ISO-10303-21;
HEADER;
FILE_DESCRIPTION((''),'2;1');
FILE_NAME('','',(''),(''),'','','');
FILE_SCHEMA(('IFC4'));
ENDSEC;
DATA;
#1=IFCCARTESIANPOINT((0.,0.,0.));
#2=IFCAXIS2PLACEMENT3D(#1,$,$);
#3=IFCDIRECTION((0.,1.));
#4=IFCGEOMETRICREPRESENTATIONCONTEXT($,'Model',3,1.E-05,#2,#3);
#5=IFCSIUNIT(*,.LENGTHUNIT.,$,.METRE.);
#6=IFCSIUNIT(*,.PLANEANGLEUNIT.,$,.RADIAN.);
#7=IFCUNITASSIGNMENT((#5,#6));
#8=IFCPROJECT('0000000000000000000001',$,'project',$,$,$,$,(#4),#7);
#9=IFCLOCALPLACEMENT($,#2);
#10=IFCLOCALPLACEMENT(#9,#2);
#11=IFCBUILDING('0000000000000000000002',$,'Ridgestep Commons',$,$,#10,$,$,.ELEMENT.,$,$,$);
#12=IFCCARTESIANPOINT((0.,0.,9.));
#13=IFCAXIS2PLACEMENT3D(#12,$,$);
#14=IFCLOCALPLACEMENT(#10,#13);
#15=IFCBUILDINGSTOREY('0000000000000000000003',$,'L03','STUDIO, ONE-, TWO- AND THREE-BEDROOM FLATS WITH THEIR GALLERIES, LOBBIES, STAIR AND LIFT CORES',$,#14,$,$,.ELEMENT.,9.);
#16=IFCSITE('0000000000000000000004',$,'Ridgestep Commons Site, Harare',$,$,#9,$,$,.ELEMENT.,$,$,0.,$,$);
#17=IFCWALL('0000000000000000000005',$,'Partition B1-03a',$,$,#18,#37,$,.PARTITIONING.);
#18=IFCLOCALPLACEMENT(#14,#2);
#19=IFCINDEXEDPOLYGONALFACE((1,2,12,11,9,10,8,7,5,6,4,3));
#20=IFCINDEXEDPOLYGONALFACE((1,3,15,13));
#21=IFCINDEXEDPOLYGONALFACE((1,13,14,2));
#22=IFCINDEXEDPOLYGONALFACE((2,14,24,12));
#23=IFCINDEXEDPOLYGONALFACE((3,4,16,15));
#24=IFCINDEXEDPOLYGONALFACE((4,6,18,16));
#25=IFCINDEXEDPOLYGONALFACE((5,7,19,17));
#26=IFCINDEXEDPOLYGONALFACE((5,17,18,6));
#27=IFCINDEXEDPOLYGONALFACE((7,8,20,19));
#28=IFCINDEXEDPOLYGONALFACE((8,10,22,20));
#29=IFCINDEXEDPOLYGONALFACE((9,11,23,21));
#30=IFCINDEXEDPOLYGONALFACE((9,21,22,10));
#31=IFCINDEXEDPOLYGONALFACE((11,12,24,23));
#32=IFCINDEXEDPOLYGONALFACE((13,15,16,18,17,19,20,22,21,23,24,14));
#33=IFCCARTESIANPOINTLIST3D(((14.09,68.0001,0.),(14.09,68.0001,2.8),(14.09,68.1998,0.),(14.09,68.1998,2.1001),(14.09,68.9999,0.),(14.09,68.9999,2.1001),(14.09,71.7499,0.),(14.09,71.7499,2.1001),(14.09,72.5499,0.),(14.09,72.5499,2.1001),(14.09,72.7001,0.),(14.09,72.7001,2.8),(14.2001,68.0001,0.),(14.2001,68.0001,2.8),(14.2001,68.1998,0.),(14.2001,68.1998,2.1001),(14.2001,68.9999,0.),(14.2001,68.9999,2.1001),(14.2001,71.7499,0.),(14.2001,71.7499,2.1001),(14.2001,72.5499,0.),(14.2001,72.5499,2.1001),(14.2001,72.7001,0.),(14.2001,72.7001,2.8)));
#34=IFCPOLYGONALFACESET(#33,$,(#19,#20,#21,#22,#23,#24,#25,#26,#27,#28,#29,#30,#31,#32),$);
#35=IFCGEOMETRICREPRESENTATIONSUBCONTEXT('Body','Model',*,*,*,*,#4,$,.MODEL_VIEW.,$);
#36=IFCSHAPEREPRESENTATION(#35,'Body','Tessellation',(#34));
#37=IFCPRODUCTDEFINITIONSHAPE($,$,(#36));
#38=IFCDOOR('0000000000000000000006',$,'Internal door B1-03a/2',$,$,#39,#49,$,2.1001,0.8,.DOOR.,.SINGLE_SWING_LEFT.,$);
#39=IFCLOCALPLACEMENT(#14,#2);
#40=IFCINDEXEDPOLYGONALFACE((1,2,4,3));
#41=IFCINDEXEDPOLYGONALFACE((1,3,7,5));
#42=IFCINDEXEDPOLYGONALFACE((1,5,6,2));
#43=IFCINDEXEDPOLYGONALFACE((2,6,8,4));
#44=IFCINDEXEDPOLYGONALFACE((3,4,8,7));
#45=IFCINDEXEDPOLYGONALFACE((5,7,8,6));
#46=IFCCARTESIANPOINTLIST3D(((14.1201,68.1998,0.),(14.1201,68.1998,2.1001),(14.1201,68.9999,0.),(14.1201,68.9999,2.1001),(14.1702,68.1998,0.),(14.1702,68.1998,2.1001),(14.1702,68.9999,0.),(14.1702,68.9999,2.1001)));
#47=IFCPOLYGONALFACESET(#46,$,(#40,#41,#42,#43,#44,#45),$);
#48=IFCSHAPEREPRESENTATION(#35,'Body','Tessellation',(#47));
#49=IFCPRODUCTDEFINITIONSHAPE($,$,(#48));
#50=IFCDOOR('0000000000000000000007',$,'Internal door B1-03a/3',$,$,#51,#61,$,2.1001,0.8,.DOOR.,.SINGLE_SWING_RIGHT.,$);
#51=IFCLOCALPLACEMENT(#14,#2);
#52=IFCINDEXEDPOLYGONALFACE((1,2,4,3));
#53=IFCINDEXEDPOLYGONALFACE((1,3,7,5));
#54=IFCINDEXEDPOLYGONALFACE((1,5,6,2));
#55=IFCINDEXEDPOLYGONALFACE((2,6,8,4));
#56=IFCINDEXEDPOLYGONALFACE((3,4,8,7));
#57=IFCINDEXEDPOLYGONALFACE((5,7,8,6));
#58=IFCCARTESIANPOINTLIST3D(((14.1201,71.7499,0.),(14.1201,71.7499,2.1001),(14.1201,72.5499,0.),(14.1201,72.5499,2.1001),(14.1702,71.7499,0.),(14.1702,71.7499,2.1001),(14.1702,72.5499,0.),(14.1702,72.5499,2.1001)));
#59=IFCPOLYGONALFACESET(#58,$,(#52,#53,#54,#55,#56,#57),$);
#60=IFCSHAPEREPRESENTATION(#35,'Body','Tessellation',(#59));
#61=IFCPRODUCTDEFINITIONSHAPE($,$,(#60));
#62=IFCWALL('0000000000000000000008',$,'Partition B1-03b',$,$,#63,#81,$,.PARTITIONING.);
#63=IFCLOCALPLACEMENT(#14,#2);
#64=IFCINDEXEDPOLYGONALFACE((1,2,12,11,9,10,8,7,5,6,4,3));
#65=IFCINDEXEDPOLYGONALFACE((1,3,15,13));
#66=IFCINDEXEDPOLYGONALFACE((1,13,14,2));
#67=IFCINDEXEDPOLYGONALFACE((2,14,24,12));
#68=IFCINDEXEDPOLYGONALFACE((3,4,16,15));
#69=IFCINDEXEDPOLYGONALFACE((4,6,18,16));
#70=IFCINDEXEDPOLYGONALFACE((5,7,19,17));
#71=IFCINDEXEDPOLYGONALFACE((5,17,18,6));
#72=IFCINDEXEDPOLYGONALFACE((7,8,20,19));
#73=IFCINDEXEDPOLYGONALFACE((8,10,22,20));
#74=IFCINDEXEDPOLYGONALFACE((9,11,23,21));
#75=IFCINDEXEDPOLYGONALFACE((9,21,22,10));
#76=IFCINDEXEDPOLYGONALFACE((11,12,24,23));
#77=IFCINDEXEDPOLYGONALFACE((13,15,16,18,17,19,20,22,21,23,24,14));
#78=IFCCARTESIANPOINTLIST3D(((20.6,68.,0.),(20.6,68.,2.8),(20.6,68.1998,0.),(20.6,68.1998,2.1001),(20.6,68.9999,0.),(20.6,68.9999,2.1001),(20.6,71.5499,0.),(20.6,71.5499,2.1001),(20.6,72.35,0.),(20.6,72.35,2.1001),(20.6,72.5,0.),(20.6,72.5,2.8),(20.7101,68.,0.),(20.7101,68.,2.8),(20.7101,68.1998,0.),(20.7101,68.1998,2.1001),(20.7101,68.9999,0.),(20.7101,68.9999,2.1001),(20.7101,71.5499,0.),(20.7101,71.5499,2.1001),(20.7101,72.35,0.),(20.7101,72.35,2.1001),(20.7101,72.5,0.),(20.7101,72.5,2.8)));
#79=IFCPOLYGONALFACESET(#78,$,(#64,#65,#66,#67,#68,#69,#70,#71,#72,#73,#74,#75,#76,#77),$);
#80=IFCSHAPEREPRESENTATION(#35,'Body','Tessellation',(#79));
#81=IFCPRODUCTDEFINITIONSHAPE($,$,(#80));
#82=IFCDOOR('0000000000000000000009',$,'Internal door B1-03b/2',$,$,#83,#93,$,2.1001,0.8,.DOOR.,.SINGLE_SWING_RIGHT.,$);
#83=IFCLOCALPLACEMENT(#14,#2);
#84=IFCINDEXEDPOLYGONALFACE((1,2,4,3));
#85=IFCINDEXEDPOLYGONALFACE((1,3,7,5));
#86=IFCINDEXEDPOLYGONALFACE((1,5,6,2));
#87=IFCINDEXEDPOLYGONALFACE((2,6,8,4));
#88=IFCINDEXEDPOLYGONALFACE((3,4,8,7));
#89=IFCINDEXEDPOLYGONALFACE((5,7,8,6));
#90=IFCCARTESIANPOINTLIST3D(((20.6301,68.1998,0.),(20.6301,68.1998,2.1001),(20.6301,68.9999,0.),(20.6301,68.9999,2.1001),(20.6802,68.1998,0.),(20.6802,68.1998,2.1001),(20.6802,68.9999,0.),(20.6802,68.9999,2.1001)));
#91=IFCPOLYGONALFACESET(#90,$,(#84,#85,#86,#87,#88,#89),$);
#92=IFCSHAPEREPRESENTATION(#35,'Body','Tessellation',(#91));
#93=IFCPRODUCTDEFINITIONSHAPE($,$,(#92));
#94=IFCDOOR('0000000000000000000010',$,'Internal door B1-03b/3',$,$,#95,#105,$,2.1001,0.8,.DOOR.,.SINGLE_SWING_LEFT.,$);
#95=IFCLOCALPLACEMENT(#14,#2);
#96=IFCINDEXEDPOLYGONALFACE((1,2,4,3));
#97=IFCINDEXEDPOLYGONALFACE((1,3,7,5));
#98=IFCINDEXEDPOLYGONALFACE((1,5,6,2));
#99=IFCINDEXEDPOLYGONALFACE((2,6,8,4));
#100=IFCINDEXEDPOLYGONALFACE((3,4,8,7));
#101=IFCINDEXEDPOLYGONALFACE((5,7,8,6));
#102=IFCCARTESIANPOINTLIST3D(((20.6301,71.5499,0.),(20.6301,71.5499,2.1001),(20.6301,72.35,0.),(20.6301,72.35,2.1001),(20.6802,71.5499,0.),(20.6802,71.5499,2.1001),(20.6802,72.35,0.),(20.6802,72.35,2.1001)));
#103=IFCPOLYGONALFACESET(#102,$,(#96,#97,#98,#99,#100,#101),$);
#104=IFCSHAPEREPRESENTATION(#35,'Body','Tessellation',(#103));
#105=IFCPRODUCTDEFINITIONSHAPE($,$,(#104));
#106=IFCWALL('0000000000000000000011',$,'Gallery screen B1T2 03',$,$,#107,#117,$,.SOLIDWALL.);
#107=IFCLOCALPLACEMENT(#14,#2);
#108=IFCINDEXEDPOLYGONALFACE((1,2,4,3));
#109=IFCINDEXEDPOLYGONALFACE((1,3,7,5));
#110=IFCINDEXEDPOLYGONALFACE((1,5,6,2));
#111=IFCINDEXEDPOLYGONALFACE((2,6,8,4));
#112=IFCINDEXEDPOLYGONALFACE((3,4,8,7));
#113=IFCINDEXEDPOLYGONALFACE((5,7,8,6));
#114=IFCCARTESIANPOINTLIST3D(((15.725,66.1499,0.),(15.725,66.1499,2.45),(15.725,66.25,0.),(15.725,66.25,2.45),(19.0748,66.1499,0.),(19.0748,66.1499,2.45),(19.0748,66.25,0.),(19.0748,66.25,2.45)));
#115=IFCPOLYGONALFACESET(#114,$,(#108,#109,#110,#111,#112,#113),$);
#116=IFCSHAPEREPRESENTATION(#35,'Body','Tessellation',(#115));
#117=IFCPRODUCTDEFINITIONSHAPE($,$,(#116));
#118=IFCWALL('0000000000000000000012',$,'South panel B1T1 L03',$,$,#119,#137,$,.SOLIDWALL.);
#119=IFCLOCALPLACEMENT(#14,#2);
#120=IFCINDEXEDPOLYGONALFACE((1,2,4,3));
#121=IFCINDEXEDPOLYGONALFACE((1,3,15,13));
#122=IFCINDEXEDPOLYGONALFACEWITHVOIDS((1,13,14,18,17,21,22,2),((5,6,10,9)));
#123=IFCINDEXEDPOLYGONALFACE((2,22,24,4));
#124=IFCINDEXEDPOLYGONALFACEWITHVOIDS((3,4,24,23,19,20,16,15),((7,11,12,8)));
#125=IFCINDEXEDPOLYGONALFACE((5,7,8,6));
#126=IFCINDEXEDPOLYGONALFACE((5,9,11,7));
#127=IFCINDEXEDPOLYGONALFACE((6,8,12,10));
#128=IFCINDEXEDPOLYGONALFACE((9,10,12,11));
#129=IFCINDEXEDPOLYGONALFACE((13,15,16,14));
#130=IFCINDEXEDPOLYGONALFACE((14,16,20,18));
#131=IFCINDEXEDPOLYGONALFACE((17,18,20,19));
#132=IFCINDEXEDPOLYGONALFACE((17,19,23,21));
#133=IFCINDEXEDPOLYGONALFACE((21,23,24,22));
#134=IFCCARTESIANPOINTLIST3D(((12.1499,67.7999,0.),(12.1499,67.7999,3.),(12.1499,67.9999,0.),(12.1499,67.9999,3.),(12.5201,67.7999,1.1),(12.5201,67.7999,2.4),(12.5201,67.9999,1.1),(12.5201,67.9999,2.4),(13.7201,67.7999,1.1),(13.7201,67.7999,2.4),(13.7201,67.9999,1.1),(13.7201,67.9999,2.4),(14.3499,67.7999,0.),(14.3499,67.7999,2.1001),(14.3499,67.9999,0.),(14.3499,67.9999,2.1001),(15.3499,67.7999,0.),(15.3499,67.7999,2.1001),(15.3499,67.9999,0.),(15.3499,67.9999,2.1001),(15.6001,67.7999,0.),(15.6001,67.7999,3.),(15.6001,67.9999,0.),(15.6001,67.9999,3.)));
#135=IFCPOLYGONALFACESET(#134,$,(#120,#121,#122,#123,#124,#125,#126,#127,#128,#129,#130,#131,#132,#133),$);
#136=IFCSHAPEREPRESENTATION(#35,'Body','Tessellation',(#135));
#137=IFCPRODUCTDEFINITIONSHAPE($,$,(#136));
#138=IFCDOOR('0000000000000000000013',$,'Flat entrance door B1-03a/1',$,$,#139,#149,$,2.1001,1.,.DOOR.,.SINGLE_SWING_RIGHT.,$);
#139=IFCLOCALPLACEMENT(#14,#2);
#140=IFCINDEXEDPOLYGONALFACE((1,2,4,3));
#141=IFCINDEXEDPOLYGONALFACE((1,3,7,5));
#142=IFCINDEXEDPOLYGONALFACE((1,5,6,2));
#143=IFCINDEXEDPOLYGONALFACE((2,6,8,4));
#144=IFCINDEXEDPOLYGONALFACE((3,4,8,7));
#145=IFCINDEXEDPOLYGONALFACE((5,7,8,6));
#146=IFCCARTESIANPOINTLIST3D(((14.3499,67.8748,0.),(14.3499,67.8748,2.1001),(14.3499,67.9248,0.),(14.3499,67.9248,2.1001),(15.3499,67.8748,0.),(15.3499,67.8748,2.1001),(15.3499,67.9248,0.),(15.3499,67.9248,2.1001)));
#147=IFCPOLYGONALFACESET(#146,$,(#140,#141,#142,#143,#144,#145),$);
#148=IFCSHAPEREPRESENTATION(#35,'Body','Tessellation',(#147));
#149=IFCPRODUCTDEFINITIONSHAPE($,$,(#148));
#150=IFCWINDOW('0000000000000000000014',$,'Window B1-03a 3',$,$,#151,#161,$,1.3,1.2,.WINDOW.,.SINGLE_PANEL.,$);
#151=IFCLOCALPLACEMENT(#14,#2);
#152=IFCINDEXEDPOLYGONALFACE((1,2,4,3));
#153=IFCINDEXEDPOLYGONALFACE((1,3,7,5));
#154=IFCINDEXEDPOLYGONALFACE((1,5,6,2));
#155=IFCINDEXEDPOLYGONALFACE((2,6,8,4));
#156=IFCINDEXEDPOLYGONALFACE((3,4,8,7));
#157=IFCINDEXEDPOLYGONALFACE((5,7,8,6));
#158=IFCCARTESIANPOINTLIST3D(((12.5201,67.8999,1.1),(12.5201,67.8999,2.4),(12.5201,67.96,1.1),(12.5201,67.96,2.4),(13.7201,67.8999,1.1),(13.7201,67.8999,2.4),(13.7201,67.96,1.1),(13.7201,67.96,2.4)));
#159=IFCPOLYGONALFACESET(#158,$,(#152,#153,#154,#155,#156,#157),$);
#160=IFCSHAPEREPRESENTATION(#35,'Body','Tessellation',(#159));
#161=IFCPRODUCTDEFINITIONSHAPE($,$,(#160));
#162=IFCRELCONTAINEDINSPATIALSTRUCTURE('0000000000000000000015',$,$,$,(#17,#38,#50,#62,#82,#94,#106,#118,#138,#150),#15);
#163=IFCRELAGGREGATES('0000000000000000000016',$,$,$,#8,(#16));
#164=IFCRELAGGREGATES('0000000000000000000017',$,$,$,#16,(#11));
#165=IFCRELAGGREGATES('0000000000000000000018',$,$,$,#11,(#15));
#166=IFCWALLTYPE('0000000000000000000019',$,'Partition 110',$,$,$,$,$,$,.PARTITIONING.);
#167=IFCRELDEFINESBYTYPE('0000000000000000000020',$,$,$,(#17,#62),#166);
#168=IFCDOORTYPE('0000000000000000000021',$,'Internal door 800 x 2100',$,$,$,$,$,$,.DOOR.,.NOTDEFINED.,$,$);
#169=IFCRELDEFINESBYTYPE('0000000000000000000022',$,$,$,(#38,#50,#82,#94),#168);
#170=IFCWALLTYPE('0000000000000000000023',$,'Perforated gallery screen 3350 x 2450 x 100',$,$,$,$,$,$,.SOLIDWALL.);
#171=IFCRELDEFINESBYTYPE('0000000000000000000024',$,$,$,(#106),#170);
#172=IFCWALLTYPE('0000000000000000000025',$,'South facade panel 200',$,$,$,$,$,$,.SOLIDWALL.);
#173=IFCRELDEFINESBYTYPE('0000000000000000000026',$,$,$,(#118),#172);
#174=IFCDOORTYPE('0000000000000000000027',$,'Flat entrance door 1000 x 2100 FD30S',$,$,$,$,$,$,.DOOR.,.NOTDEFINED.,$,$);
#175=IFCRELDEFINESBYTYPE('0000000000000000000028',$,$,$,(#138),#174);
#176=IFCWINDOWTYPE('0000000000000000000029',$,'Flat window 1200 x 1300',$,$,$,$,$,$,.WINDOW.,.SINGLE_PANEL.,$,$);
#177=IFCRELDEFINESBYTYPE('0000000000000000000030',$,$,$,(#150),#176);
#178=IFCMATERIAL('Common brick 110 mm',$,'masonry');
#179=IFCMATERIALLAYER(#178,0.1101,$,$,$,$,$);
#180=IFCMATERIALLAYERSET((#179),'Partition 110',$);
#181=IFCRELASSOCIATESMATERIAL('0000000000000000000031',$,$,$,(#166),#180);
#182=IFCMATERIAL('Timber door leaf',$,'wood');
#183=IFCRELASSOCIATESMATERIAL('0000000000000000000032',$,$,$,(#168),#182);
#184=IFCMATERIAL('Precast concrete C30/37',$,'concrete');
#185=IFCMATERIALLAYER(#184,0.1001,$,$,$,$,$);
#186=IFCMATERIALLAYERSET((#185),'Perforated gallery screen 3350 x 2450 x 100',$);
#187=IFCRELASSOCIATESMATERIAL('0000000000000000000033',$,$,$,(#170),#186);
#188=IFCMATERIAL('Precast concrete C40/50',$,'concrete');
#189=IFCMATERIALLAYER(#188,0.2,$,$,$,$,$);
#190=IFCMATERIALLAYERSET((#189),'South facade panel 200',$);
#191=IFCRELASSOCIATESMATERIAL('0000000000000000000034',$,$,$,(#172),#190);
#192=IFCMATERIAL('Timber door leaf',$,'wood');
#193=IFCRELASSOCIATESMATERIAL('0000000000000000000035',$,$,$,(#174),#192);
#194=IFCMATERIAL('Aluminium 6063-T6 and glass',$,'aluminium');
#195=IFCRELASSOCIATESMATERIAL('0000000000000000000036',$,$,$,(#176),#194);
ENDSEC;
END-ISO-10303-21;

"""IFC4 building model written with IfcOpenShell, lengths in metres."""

from ifc_helpers import new_model, si_unit, direction, frame, frame_2d, origin, place, context, subcontext, project, spatial, rectangle, extrude, material, layer, layer_set, type_object, element, fill, save


model = new_model("IFC4")

# Units and contexts
model_context = context("Model", 3, precision=1e-05, world=origin(), true_north=direction((0.0, 1.0)))
body_context = subcontext(model_context, "Body", "Model", "MODEL_VIEW")
ifc_project = project(units=[si_unit("LENGTHUNIT", "METRE"), si_unit("PLANEANGLEUNIT", "RADIAN")], contexts=[model_context])

# Site, building, storey
site_placement = place(None, origin())
site = spatial("IfcSite", under=ifc_project, at=site_placement, Name="Ridgestep Commons Site, Harare", CompositionType="ELEMENT", RefElevation=0.0)
building_placement = place(site_placement, origin())
building = spatial("IfcBuilding", under=site, at=building_placement, Name="Ridgestep Commons", CompositionType="ELEMENT")
storey_placement = place(building_placement, frame((0.0, 0.0, 9.0)))
storey = spatial("IfcBuildingStorey", under=building, at=storey_placement, Name="L03", Description="STUDIO, ONE-, TWO- AND THREE-BEDROOM FLATS WITH THEIR GALLERIES, LOBBIES, STAIR AND LIFT CORES", CompositionType="ELEMENT", Elevation=9.0)

# Walls, openings, doors
ifc_material_1 = material(Name="Common brick 110 mm", Category="masonry")
ifc_layer_1 = layer(ifc_material_1, 0.1101)
ifc_layer_set_1 = layer_set([ifc_layer_1], Name="Partition 110")
wall_type_1 = type_object("IfcWallType", Name="Partition 110", PredefinedType="PARTITIONING", material=ifc_layer_set_1)
wall_1_placement = place(storey_placement, frame((14.145, 68.0, 0.0), z_axis=(0.0, 0.0, 1.0), x_axis=(0.0, 1.0, 0.0)))
wall_1 = element("IfcWall", 1, at=wall_1_placement, inside=storey, type_object=wall_type_1, Name="Partition B1-03a", PredefinedType="PARTITIONING", context=body_context, shape_type="SweptSolid", body=[
    extrude(rectangle(XDim=4.7, YDim=0.1101, at=frame_2d((2.3501, 0.0))), origin(), (0.0, 0.0, 1.0), 2.8),
])
opening_1_placement = place(wall_1_placement, frame((0.2, 0.0, 0.0)))
opening_1 = element("IfcOpeningElement", 2, at=opening_1_placement, cuts=wall_1, PredefinedType="OPENING", context=body_context, shape_type="SweptSolid", body=[
    extrude(rectangle(XDim=0.8, YDim=2.1001, at=frame_2d((0.3999, 1.05))), frame((0.0, 0.0649, 0.0), z_axis=(0.0, -1.0, 0.0), x_axis=(1.0, 0.0, 0.0)), (0.0, 0.0, 1.0), 0.1301),
])
opening_2_placement = place(wall_1_placement, frame((3.75, 0.0, 0.0)))
opening_2 = element("IfcOpeningElement", 3, at=opening_2_placement, cuts=wall_1, PredefinedType="OPENING", context=body_context, shape_type="SweptSolid", body=[
    extrude(rectangle(XDim=0.8, YDim=2.1001, at=frame_2d((0.3999, 1.05))), frame((0.0, 0.0649, 0.0), z_axis=(0.0, -1.0, 0.0), x_axis=(1.0, 0.0, 0.0)), (0.0, 0.0, 1.0), 0.1301),
])
ifc_material_2 = material(Name="Timber door leaf", Category="wood")
door_type_1 = type_object("IfcDoorType", Name="Internal door 800 x 2100", OperationType="NOTDEFINED", PredefinedType="DOOR", material=ifc_material_2)
door_1_placement = place(opening_1_placement, origin())
door_1 = element("IfcDoor", 4, at=door_1_placement, inside=storey, type_object=door_type_1, Name="Internal door B1-03a/2", OperationType="SINGLE_SWING_LEFT", OverallHeight=2.1001, OverallWidth=0.8, PredefinedType="DOOR", context=body_context, shape_type="SweptSolid", body=[
    extrude(rectangle(XDim=0.8, YDim=2.1001, at=frame_2d((0.3999, 1.05))), frame((0.0, 0.0249, 0.0), z_axis=(0.0, -1.0, 0.0), x_axis=(1.0, 0.0, 0.0)), (0.0, 0.0, 1.0), 0.05),
])
fill(opening_1, door_1)
door_2_placement = place(opening_2_placement, origin())
door_2 = element("IfcDoor", 5, at=door_2_placement, inside=storey, type_object=door_type_1, Name="Internal door B1-03a/3", OperationType="SINGLE_SWING_RIGHT", OverallHeight=2.1001, OverallWidth=0.8, PredefinedType="DOOR", context=body_context, shape_type="SweptSolid", body=[
    extrude(rectangle(XDim=0.8, YDim=2.1001, at=frame_2d((0.3999, 1.05))), frame((0.0, 0.0249, 0.0), z_axis=(0.0, -1.0, 0.0), x_axis=(1.0, 0.0, 0.0)), (0.0, 0.0, 1.0), 0.05),
])
fill(opening_2, door_2)
wall_2_placement = place(storey_placement, frame((20.655, 68.0, 0.0), z_axis=(0.0, 0.0, 1.0), x_axis=(0.0, 1.0, 0.0)))
wall_2 = element("IfcWall", 6, at=wall_2_placement, inside=storey, type_object=wall_type_1, Name="Partition B1-03b", PredefinedType="PARTITIONING", context=body_context, shape_type="SweptSolid", body=[
    extrude(rectangle(XDim=4.5, YDim=0.1101, at=frame_2d((2.25, 0.0))), origin(), (0.0, 0.0, 1.0), 2.8),
])
opening_3_placement = place(wall_2_placement, frame((0.2, 0.0, 0.0)))
opening_3 = element("IfcOpeningElement", 7, at=opening_3_placement, cuts=wall_2, PredefinedType="OPENING", context=body_context, shape_type="SweptSolid", body=[
    extrude(rectangle(XDim=0.8, YDim=2.1001, at=frame_2d((0.3999, 1.05))), frame((0.0, 0.0649, 0.0), z_axis=(0.0, -1.0, 0.0), x_axis=(1.0, 0.0, 0.0)), (0.0, 0.0, 1.0), 0.1301),
])
opening_4_placement = place(wall_2_placement, frame((3.55, 0.0, 0.0)))
opening_4 = element("IfcOpeningElement", 8, at=opening_4_placement, cuts=wall_2, PredefinedType="OPENING", context=body_context, shape_type="SweptSolid", body=[
    extrude(rectangle(XDim=0.8, YDim=2.1001, at=frame_2d((0.3999, 1.05))), frame((0.0, 0.0649, 0.0), z_axis=(0.0, -1.0, 0.0), x_axis=(1.0, 0.0, 0.0)), (0.0, 0.0, 1.0), 0.1301),
])
door_3_placement = place(opening_3_placement, origin())
door_3 = element("IfcDoor", 9, at=door_3_placement, inside=storey, type_object=door_type_1, Name="Internal door B1-03b/2", OperationType="SINGLE_SWING_RIGHT", OverallHeight=2.1001, OverallWidth=0.8, PredefinedType="DOOR", context=body_context, shape_type="SweptSolid", body=[
    extrude(rectangle(XDim=0.8, YDim=2.1001, at=frame_2d((0.3999, 1.05))), frame((0.0, 0.0249, 0.0), z_axis=(0.0, -1.0, 0.0), x_axis=(1.0, 0.0, 0.0)), (0.0, 0.0, 1.0), 0.05),
])
fill(opening_3, door_3)
door_4_placement = place(opening_4_placement, origin())
door_4 = element("IfcDoor", 10, at=door_4_placement, inside=storey, type_object=door_type_1, Name="Internal door B1-03b/3", OperationType="SINGLE_SWING_LEFT", OverallHeight=2.1001, OverallWidth=0.8, PredefinedType="DOOR", context=body_context, shape_type="SweptSolid", body=[
    extrude(rectangle(XDim=0.8, YDim=2.1001, at=frame_2d((0.3999, 1.05))), frame((0.0, 0.0249, 0.0), z_axis=(0.0, -1.0, 0.0), x_axis=(1.0, 0.0, 0.0)), (0.0, 0.0, 1.0), 0.05),
])
fill(opening_4, door_4)

# Wall
ifc_material_3 = material(Name="Precast concrete C30/37", Category="concrete")
ifc_layer_2 = layer(ifc_material_3, 0.1001)
ifc_layer_set_2 = layer_set([ifc_layer_2], Name="Perforated gallery screen 3350 x 2450 x 100")
wall_type_2 = type_object("IfcWallType", Name="Perforated gallery screen 3350 x 2450 x 100", PredefinedType="SOLIDWALL", material=ifc_layer_set_2)
wall_3_placement = place(storey_placement, frame((15.7251, 66.2, 0.0), z_axis=(0.0, 0.0, 1.0), x_axis=(1.0, 0.0, 0.0)))
element("IfcWall", 11, at=wall_3_placement, inside=storey, type_object=wall_type_2, Name="Gallery screen B1T2 03", PredefinedType="SOLIDWALL", context=body_context, shape_type="SweptSolid", body=[
    extrude(rectangle(XDim=3.3499, YDim=0.1001, at=frame_2d((1.6748, 0.0))), origin(), (0.0, 0.0, 1.0), 2.45),
])

# Wall, openings, door, window
ifc_material_4 = material(Name="Precast concrete C40/50", Category="concrete")
ifc_layer_3 = layer(ifc_material_4, 0.2)
ifc_layer_set_3 = layer_set([ifc_layer_3], Name="South facade panel 200")
wall_type_3 = type_object("IfcWallType", Name="South facade panel 200", PredefinedType="SOLIDWALL", material=ifc_layer_set_3)
wall_4_placement = place(storey_placement, frame((12.1499, 67.8999, 0.0), z_axis=(0.0, 0.0, 1.0), x_axis=(1.0, 0.0, 0.0)))
wall_4 = element("IfcWall", 12, at=wall_4_placement, inside=storey, type_object=wall_type_3, Name="South panel B1T1 L03", PredefinedType="SOLIDWALL", context=body_context, shape_type="SweptSolid", body=[
    extrude(rectangle(XDim=3.4502, YDim=0.2, at=frame_2d((1.7251, 0.0))), origin(), (0.0, 0.0, 1.0), 3.0),
])
opening_5_placement = place(wall_4_placement, frame((0.3701, 0.0, 1.1001)))
opening_5 = element("IfcOpeningElement", 13, at=opening_5_placement, cuts=wall_4, PredefinedType="OPENING", context=body_context, shape_type="SweptSolid", body=[
    extrude(rectangle(XDim=1.2, YDim=1.3, at=frame_2d((0.6001, 0.6499))), frame((0.0, 0.1099, 0.0), z_axis=(0.0, -1.0, 0.0), x_axis=(1.0, 0.0, 0.0)), (0.0, 0.0, 1.0), 0.22),
])
opening_6_placement = place(wall_4_placement, frame((2.2, 0.0, 0.0)))
opening_6 = element("IfcOpeningElement", 14, at=opening_6_placement, cuts=wall_4, PredefinedType="OPENING", context=body_context, shape_type="SweptSolid", body=[
    extrude(rectangle(XDim=1.0, YDim=2.1001, at=frame_2d((0.5, 1.05))), frame((0.0, 0.1099, 0.0), z_axis=(0.0, -1.0, 0.0), x_axis=(1.0, 0.0, 0.0)), (0.0, 0.0, 1.0), 0.22),
])
ifc_material_5 = material(Name="Timber door leaf", Category="wood")
door_type_2 = type_object("IfcDoorType", Name="Flat entrance door 1000 x 2100 FD30S", OperationType="NOTDEFINED", PredefinedType="DOOR", material=ifc_material_5)
door_5_placement = place(opening_6_placement, origin())
door_5 = element("IfcDoor", 15, at=door_5_placement, inside=storey, type_object=door_type_2, Name="Flat entrance door B1-03a/1", OperationType="SINGLE_SWING_RIGHT", OverallHeight=2.1001, OverallWidth=1.0, PredefinedType="DOOR", context=body_context, shape_type="SweptSolid", body=[
    extrude(rectangle(XDim=1.0, YDim=2.1001, at=frame_2d((0.5, 1.05))), frame((0.0, 0.0249, 0.0), z_axis=(0.0, -1.0, 0.0), x_axis=(1.0, 0.0, 0.0)), (0.0, 0.0, 1.0), 0.05),
])
fill(opening_6, door_5)
ifc_material_6 = material(Name="Aluminium 6063-T6 and glass", Category="aluminium")
window_type_1 = type_object("IfcWindowType", Name="Flat window 1200 x 1300", PartitioningType="SINGLE_PANEL", PredefinedType="WINDOW", material=ifc_material_6)
window_1_placement = place(opening_5_placement, origin())
window_1 = element("IfcWindow", 16, at=window_1_placement, inside=storey, type_object=window_type_1, Name="Window B1-03a 3", OverallHeight=1.3, OverallWidth=1.2, PartitioningType="SINGLE_PANEL", PredefinedType="WINDOW", context=body_context, shape_type="SweptSolid", body=[
    extrude(rectangle(XDim=1.2, YDim=1.3, at=frame_2d((0.6001, 0.6499))), frame((0.0, 0.0601, 0.0), z_axis=(0.0, -1.0, 0.0), x_axis=(1.0, 0.0, 0.0)), (0.0, 0.0, 1.0), 0.0601),
])
fill(opening_5, window_1)

save(model, "model.ifc")
